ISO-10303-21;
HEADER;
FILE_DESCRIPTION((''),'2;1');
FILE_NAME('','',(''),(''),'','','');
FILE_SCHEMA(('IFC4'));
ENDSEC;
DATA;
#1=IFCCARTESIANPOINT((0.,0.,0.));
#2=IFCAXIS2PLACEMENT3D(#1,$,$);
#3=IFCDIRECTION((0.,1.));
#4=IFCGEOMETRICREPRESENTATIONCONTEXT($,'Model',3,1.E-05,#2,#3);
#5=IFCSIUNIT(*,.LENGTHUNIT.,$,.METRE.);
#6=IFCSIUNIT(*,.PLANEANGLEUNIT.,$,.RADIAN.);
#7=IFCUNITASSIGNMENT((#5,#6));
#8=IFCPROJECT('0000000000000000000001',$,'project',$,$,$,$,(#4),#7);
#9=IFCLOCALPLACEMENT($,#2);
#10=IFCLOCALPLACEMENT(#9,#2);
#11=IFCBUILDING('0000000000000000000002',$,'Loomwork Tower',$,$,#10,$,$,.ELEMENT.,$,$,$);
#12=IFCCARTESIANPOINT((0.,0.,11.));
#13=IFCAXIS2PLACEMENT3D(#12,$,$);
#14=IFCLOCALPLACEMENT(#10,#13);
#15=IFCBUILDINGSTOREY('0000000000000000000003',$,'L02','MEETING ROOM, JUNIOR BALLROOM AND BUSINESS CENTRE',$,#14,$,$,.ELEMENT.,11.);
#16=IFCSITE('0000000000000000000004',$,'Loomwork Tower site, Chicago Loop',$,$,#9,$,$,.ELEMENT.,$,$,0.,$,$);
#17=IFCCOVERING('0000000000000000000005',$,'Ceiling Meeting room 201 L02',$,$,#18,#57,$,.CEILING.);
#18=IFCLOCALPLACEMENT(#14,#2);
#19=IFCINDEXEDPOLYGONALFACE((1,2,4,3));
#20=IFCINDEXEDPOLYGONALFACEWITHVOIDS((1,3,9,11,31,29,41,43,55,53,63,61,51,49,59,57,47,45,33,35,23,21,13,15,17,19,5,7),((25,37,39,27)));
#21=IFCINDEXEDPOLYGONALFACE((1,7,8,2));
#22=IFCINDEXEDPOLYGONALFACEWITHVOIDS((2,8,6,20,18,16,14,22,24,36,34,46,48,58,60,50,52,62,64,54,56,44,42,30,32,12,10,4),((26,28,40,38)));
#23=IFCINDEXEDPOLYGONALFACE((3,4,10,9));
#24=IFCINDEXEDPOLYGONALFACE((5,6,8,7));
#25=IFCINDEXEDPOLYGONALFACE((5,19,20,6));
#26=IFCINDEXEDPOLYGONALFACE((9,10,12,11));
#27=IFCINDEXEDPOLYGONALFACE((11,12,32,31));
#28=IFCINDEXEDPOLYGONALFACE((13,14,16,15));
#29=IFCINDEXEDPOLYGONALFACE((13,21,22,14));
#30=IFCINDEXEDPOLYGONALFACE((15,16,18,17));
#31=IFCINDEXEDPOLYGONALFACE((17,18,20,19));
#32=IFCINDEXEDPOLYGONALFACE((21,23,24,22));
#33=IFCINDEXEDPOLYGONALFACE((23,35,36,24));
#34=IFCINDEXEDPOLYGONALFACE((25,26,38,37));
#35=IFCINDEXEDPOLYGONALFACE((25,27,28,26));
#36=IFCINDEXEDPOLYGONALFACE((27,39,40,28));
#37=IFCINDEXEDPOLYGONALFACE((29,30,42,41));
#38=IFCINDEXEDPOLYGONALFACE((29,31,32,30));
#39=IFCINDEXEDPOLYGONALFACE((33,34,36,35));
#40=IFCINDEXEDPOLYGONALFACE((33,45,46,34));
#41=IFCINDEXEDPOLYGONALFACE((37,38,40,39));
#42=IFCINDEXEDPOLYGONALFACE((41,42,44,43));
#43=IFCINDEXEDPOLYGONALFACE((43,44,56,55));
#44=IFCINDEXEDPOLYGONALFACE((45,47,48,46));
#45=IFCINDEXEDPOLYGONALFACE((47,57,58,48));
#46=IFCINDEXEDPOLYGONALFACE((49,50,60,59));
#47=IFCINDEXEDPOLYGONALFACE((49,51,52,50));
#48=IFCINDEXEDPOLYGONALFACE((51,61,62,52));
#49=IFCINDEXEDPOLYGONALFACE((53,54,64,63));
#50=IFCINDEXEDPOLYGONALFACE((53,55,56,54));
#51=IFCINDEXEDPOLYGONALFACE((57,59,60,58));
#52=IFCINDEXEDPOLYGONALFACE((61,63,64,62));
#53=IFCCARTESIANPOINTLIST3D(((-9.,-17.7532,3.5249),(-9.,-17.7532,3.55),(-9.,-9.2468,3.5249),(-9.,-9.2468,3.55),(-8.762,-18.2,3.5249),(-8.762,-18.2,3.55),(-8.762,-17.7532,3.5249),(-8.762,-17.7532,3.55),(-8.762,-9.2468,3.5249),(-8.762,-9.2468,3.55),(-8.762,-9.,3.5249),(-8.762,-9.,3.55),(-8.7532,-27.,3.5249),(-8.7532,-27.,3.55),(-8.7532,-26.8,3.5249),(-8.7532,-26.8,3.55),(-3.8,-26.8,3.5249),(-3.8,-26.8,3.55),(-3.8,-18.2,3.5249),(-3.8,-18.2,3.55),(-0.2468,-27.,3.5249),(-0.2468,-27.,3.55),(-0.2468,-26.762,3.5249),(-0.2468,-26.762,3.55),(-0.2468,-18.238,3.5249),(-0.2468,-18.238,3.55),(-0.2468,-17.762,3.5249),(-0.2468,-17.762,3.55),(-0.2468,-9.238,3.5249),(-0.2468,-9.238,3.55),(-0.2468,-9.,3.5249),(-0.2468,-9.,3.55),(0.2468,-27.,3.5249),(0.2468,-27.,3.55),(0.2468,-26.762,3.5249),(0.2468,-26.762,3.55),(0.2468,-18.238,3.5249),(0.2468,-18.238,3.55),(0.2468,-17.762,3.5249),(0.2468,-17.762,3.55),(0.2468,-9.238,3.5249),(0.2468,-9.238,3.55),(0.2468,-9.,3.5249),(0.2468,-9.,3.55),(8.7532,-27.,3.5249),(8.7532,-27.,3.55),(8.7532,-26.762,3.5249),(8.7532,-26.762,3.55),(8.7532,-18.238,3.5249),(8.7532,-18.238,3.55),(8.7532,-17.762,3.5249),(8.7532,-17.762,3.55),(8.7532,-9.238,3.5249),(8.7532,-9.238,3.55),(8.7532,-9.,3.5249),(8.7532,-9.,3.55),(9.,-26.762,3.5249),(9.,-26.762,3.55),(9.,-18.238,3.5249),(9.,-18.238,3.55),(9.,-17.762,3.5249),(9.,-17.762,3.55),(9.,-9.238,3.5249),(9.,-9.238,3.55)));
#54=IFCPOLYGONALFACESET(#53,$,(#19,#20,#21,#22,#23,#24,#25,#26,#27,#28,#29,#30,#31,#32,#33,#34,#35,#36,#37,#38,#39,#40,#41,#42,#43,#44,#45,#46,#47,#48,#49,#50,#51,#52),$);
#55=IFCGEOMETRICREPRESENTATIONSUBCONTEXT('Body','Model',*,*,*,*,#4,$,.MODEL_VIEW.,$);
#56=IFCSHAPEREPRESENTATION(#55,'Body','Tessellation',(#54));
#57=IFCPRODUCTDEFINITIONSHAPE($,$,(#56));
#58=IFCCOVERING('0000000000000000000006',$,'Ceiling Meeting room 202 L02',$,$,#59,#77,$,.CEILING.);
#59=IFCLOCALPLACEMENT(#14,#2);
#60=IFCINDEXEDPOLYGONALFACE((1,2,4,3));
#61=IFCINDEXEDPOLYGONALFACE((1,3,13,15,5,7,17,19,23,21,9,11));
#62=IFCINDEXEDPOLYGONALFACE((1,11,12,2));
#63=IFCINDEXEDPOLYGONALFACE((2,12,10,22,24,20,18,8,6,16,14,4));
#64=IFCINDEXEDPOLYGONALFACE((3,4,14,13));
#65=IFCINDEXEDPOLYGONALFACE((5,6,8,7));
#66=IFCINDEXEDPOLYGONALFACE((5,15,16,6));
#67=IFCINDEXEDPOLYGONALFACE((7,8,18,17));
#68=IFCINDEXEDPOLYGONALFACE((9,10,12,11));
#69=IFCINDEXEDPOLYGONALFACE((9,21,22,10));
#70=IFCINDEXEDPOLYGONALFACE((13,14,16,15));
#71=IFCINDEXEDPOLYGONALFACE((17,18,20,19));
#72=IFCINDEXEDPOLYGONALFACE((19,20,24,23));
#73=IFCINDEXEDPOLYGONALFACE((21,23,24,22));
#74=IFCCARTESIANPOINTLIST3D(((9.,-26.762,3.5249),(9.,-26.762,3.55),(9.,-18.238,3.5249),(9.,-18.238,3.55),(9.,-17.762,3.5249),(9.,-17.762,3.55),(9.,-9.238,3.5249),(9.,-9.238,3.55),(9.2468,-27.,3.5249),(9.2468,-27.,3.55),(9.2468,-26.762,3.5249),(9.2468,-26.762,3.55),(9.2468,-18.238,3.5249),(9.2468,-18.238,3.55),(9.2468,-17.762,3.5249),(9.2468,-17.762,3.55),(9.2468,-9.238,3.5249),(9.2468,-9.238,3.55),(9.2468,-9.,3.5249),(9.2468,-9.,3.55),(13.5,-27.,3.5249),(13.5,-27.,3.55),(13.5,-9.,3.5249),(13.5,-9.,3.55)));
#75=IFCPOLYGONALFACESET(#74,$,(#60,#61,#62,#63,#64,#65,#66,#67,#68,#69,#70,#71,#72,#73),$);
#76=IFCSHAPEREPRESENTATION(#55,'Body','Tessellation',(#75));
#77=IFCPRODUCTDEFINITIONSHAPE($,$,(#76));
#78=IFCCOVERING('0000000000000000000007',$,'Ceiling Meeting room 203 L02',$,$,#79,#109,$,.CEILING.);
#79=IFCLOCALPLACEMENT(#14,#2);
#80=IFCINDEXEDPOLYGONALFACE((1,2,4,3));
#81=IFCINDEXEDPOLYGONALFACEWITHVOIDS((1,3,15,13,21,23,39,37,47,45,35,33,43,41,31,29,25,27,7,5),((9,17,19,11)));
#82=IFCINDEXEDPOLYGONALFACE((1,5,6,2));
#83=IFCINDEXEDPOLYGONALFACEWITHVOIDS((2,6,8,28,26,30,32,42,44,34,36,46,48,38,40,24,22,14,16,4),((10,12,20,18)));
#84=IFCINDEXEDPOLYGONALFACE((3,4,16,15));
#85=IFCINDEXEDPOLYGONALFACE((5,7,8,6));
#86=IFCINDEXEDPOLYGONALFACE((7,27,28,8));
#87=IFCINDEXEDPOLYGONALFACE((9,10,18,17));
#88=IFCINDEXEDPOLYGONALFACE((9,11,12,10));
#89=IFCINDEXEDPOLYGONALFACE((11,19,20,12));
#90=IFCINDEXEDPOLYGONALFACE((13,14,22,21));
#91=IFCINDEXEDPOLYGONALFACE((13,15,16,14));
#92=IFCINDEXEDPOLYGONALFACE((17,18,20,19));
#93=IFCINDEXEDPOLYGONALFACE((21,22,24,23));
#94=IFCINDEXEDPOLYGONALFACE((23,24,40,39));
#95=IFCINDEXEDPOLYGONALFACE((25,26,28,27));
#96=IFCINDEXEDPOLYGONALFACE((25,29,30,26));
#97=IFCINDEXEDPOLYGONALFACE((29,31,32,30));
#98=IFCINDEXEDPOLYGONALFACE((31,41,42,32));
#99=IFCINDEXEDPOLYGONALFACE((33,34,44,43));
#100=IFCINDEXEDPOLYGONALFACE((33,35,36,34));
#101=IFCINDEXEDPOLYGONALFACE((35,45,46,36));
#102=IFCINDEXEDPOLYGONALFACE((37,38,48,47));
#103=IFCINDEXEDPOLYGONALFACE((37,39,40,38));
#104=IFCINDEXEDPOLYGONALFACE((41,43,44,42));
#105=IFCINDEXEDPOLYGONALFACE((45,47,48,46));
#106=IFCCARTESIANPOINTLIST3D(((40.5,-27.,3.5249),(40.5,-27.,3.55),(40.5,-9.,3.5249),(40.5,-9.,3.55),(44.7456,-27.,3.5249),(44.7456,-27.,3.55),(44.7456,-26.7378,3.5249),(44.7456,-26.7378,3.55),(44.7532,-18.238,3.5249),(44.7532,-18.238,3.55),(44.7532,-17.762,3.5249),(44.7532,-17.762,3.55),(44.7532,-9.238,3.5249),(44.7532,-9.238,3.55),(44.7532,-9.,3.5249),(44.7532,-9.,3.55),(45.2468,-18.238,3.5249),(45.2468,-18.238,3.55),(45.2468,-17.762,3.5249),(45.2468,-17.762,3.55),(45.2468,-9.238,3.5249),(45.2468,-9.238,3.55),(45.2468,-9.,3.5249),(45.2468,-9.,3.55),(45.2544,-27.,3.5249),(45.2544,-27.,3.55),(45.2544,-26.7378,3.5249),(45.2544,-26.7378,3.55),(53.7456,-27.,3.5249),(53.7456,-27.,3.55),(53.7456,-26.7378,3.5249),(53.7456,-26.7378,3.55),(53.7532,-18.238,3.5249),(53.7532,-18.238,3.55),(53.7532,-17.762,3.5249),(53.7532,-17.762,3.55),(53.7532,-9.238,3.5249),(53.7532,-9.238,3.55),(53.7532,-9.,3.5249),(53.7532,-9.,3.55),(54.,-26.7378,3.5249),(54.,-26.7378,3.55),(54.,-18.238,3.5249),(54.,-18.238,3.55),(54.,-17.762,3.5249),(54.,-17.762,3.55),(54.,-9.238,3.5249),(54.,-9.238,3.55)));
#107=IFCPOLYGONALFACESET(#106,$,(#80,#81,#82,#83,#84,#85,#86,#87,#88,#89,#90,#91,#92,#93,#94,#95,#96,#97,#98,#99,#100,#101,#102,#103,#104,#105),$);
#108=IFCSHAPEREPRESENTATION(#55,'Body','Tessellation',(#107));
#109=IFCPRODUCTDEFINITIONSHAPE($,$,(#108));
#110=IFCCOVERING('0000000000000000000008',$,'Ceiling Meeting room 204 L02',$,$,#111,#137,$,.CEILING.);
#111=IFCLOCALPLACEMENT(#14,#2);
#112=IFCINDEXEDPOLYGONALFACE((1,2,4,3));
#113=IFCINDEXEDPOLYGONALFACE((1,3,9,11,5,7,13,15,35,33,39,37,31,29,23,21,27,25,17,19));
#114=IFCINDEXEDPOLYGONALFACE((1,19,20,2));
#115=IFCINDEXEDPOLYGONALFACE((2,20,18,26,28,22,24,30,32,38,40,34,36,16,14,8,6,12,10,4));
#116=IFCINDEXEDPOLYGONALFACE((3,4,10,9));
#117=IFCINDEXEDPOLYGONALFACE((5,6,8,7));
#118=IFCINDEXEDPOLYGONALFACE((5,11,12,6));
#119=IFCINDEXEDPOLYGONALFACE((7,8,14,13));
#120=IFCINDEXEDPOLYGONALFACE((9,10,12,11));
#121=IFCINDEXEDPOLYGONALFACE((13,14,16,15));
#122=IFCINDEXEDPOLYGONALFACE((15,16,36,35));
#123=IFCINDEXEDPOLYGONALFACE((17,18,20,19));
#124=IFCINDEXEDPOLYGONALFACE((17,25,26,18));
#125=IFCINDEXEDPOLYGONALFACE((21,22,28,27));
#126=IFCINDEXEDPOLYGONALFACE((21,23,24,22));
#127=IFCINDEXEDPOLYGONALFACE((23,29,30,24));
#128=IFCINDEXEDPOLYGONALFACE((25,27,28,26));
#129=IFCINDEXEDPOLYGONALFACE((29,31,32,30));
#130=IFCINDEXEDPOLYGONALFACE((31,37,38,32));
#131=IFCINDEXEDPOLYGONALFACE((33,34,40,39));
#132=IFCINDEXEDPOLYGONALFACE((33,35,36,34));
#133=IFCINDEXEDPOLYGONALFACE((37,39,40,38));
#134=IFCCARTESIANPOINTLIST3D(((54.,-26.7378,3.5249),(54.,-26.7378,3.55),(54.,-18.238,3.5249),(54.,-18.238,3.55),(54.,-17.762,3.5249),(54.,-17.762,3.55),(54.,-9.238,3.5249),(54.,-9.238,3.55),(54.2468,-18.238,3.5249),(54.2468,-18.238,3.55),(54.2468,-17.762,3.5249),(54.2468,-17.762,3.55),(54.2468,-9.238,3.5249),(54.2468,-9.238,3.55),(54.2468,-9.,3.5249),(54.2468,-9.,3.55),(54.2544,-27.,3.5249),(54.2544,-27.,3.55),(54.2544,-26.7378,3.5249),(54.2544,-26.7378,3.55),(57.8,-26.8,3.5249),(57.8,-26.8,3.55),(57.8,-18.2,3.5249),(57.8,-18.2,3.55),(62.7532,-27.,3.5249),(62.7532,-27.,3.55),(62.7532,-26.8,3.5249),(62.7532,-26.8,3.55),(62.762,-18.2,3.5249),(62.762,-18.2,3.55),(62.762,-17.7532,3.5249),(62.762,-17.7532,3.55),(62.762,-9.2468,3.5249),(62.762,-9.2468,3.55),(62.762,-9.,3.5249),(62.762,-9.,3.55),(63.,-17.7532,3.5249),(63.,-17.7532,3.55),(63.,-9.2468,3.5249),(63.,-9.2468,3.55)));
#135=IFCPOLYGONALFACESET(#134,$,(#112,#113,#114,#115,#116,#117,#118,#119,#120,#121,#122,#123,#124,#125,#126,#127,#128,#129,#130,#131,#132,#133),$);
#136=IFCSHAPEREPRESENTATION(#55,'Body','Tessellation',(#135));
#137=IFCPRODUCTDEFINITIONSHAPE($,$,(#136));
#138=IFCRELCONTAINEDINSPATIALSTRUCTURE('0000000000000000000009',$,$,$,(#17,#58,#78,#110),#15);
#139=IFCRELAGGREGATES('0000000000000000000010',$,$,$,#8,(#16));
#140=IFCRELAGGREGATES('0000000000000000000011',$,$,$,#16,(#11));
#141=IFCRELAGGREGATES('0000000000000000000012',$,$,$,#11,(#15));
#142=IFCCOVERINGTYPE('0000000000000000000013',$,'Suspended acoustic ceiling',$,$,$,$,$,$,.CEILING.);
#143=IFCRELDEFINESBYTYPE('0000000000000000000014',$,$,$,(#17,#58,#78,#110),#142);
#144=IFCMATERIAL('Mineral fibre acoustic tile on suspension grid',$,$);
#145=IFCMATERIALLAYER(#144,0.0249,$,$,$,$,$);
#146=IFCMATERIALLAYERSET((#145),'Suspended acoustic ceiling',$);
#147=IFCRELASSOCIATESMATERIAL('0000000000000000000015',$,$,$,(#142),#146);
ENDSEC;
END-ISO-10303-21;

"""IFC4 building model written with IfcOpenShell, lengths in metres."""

from ifc_helpers import new_model, si_unit, direction, frame, origin, place, context, subcontext, project, spatial, polyline, outline, extrude, material, layer, layer_set, type_object, element, save


model = new_model("IFC4")

# Units and contexts
model_context = context("Model", 3, precision=1e-05, world=origin(), true_north=direction((0.0, 1.0)))
body_context = subcontext(model_context, "Body", "Model", "MODEL_VIEW")
ifc_project = project(units=[si_unit("LENGTHUNIT", "METRE"), si_unit("PLANEANGLEUNIT", "RADIAN")], contexts=[model_context])

# Site, building, storey
site_placement = place(None, origin())
site = spatial("IfcSite", under=ifc_project, at=site_placement, Name="Loomwork Tower site, Chicago Loop", CompositionType="ELEMENT", RefElevation=0.0)
building_placement = place(site_placement, origin())
building = spatial("IfcBuilding", under=site, at=building_placement, Name="Loomwork Tower", CompositionType="ELEMENT")
storey_placement = place(building_placement, frame((0.0, 0.0, 11.0)))
storey = spatial("IfcBuildingStorey", under=building, at=storey_placement, Name="L02", Description="MEETING ROOM, JUNIOR BALLROOM AND BUSINESS CENTRE", CompositionType="ELEMENT", Elevation=11.0)

# Coverings
ifc_material_1 = material(Name="Mineral fibre acoustic tile on suspension grid")
ifc_layer_1 = layer(ifc_material_1, 0.0249)
ifc_layer_set_1 = layer_set([ifc_layer_1], Name="Suspended acoustic ceiling")
covering_type_1 = type_object("IfcCoveringType", Name="Suspended acoustic ceiling", PredefinedType="CEILING", material=ifc_layer_set_1)
covering_1_placement = place(storey_placement, frame((0.0, 0.0, 3.5249)))
element("IfcCovering", 1, at=covering_1_placement, inside=storey, type_object=covering_type_1, Name="Ceiling Meeting room 201 L02", PredefinedType="CEILING", context=body_context, shape_type="SweptSolid", body=[
    extrude(outline(polyline([(-3.8, -26.8), (-3.8, -18.2), (-8.762, -18.2), (-8.762, -17.7532), (-9.0, -17.7532), (-9.0, -9.2468), (-8.762, -9.2468), (-8.762, -9.0), (-0.2468, -9.0), (-0.2468, -9.238), (0.2468, -9.238), (0.2468, -9.0), (8.7532, -9.0), (8.7532, -9.238), (9.0, -9.238), (9.0, -17.762), (8.7532, -17.762), (8.7532, -18.238), (9.0, -18.238), (9.0, -26.762), (8.7532, -26.762), (8.7532, -27.0), (0.2468, -27.0), (0.2468, -26.762), (-0.2468, -26.762), (-0.2468, -27.0), (-8.7532, -27.0), (-8.7532, -26.8), (-3.8, -26.8)]), holes=[polyline([(-0.2468, -18.238), (0.2468, -18.238), (0.2468, -17.762), (-0.2468, -17.762), (-0.2468, -18.238)])]), origin(), (0.0, 0.0, 1.0), 0.0251),
])
covering_2_placement = place(storey_placement, frame((0.0, 0.0, 3.5249)))
element("IfcCovering", 2, at=covering_2_placement, inside=storey, type_object=covering_type_1, Name="Ceiling Meeting room 202 L02", PredefinedType="CEILING", context=body_context, shape_type="SweptSolid", body=[
    extrude(outline(polyline([(13.5, -9.0), (13.5, -27.0), (9.2468, -27.0), (9.2468, -26.762), (9.0, -26.762), (9.0, -18.238), (9.2468, -18.238), (9.2468, -17.762), (9.0, -17.762), (9.0, -9.238), (9.2468, -9.238), (9.2468, -9.0), (13.5, -9.0)])), origin(), (0.0, 0.0, 1.0), 0.0251),
])
covering_3_placement = place(storey_placement, frame((0.0, 0.0, 3.5249)))
element("IfcCovering", 3, at=covering_3_placement, inside=storey, type_object=covering_type_1, Name="Ceiling Meeting room 203 L02", PredefinedType="CEILING", context=body_context, shape_type="SweptSolid", body=[
    extrude(outline(polyline([(44.7532, -9.0), (44.7532, -9.238), (45.2468, -9.238), (45.2468, -9.0), (53.7532, -9.0), (53.7532, -9.238), (54.0, -9.238), (54.0, -17.762), (53.7532, -17.762), (53.7532, -18.238), (54.0, -18.238), (54.0, -26.7378), (53.7456, -26.7378), (53.7456, -27.0), (45.2544, -27.0), (45.2544, -26.7378), (44.7456, -26.7378), (44.7456, -27.0), (40.5, -27.0), (40.5, -9.0), (44.7532, -9.0)]), holes=[polyline([(44.7532, -17.762), (44.7532, -18.238), (45.2468, -18.238), (45.2468, -17.762), (44.7532, -17.762)])]), origin(), (0.0, 0.0, 1.0), 0.0251),
])
covering_4_placement = place(storey_placement, frame((0.0, 0.0, 3.5249)))
element("IfcCovering", 4, at=covering_4_placement, inside=storey, type_object=covering_type_1, Name="Ceiling Meeting room 204 L02", PredefinedType="CEILING", context=body_context, shape_type="SweptSolid", body=[
    extrude(outline(polyline([(62.762, -9.0), (62.762, -9.2468), (63.0, -9.2468), (63.0, -17.7532), (62.762, -17.7532), (62.762, -18.2), (57.8, -18.2), (57.8, -26.8), (62.7532, -26.8), (62.7532, -27.0), (54.2544, -27.0), (54.2544, -26.7378), (54.0, -26.7378), (54.0, -18.238), (54.2468, -18.238), (54.2468, -17.762), (54.0, -17.762), (54.0, -9.238), (54.2468, -9.238), (54.2468, -9.0), (62.762, -9.0)])), origin(), (0.0, 0.0, 1.0), 0.0251),
])

save(model, "model.ifc")
